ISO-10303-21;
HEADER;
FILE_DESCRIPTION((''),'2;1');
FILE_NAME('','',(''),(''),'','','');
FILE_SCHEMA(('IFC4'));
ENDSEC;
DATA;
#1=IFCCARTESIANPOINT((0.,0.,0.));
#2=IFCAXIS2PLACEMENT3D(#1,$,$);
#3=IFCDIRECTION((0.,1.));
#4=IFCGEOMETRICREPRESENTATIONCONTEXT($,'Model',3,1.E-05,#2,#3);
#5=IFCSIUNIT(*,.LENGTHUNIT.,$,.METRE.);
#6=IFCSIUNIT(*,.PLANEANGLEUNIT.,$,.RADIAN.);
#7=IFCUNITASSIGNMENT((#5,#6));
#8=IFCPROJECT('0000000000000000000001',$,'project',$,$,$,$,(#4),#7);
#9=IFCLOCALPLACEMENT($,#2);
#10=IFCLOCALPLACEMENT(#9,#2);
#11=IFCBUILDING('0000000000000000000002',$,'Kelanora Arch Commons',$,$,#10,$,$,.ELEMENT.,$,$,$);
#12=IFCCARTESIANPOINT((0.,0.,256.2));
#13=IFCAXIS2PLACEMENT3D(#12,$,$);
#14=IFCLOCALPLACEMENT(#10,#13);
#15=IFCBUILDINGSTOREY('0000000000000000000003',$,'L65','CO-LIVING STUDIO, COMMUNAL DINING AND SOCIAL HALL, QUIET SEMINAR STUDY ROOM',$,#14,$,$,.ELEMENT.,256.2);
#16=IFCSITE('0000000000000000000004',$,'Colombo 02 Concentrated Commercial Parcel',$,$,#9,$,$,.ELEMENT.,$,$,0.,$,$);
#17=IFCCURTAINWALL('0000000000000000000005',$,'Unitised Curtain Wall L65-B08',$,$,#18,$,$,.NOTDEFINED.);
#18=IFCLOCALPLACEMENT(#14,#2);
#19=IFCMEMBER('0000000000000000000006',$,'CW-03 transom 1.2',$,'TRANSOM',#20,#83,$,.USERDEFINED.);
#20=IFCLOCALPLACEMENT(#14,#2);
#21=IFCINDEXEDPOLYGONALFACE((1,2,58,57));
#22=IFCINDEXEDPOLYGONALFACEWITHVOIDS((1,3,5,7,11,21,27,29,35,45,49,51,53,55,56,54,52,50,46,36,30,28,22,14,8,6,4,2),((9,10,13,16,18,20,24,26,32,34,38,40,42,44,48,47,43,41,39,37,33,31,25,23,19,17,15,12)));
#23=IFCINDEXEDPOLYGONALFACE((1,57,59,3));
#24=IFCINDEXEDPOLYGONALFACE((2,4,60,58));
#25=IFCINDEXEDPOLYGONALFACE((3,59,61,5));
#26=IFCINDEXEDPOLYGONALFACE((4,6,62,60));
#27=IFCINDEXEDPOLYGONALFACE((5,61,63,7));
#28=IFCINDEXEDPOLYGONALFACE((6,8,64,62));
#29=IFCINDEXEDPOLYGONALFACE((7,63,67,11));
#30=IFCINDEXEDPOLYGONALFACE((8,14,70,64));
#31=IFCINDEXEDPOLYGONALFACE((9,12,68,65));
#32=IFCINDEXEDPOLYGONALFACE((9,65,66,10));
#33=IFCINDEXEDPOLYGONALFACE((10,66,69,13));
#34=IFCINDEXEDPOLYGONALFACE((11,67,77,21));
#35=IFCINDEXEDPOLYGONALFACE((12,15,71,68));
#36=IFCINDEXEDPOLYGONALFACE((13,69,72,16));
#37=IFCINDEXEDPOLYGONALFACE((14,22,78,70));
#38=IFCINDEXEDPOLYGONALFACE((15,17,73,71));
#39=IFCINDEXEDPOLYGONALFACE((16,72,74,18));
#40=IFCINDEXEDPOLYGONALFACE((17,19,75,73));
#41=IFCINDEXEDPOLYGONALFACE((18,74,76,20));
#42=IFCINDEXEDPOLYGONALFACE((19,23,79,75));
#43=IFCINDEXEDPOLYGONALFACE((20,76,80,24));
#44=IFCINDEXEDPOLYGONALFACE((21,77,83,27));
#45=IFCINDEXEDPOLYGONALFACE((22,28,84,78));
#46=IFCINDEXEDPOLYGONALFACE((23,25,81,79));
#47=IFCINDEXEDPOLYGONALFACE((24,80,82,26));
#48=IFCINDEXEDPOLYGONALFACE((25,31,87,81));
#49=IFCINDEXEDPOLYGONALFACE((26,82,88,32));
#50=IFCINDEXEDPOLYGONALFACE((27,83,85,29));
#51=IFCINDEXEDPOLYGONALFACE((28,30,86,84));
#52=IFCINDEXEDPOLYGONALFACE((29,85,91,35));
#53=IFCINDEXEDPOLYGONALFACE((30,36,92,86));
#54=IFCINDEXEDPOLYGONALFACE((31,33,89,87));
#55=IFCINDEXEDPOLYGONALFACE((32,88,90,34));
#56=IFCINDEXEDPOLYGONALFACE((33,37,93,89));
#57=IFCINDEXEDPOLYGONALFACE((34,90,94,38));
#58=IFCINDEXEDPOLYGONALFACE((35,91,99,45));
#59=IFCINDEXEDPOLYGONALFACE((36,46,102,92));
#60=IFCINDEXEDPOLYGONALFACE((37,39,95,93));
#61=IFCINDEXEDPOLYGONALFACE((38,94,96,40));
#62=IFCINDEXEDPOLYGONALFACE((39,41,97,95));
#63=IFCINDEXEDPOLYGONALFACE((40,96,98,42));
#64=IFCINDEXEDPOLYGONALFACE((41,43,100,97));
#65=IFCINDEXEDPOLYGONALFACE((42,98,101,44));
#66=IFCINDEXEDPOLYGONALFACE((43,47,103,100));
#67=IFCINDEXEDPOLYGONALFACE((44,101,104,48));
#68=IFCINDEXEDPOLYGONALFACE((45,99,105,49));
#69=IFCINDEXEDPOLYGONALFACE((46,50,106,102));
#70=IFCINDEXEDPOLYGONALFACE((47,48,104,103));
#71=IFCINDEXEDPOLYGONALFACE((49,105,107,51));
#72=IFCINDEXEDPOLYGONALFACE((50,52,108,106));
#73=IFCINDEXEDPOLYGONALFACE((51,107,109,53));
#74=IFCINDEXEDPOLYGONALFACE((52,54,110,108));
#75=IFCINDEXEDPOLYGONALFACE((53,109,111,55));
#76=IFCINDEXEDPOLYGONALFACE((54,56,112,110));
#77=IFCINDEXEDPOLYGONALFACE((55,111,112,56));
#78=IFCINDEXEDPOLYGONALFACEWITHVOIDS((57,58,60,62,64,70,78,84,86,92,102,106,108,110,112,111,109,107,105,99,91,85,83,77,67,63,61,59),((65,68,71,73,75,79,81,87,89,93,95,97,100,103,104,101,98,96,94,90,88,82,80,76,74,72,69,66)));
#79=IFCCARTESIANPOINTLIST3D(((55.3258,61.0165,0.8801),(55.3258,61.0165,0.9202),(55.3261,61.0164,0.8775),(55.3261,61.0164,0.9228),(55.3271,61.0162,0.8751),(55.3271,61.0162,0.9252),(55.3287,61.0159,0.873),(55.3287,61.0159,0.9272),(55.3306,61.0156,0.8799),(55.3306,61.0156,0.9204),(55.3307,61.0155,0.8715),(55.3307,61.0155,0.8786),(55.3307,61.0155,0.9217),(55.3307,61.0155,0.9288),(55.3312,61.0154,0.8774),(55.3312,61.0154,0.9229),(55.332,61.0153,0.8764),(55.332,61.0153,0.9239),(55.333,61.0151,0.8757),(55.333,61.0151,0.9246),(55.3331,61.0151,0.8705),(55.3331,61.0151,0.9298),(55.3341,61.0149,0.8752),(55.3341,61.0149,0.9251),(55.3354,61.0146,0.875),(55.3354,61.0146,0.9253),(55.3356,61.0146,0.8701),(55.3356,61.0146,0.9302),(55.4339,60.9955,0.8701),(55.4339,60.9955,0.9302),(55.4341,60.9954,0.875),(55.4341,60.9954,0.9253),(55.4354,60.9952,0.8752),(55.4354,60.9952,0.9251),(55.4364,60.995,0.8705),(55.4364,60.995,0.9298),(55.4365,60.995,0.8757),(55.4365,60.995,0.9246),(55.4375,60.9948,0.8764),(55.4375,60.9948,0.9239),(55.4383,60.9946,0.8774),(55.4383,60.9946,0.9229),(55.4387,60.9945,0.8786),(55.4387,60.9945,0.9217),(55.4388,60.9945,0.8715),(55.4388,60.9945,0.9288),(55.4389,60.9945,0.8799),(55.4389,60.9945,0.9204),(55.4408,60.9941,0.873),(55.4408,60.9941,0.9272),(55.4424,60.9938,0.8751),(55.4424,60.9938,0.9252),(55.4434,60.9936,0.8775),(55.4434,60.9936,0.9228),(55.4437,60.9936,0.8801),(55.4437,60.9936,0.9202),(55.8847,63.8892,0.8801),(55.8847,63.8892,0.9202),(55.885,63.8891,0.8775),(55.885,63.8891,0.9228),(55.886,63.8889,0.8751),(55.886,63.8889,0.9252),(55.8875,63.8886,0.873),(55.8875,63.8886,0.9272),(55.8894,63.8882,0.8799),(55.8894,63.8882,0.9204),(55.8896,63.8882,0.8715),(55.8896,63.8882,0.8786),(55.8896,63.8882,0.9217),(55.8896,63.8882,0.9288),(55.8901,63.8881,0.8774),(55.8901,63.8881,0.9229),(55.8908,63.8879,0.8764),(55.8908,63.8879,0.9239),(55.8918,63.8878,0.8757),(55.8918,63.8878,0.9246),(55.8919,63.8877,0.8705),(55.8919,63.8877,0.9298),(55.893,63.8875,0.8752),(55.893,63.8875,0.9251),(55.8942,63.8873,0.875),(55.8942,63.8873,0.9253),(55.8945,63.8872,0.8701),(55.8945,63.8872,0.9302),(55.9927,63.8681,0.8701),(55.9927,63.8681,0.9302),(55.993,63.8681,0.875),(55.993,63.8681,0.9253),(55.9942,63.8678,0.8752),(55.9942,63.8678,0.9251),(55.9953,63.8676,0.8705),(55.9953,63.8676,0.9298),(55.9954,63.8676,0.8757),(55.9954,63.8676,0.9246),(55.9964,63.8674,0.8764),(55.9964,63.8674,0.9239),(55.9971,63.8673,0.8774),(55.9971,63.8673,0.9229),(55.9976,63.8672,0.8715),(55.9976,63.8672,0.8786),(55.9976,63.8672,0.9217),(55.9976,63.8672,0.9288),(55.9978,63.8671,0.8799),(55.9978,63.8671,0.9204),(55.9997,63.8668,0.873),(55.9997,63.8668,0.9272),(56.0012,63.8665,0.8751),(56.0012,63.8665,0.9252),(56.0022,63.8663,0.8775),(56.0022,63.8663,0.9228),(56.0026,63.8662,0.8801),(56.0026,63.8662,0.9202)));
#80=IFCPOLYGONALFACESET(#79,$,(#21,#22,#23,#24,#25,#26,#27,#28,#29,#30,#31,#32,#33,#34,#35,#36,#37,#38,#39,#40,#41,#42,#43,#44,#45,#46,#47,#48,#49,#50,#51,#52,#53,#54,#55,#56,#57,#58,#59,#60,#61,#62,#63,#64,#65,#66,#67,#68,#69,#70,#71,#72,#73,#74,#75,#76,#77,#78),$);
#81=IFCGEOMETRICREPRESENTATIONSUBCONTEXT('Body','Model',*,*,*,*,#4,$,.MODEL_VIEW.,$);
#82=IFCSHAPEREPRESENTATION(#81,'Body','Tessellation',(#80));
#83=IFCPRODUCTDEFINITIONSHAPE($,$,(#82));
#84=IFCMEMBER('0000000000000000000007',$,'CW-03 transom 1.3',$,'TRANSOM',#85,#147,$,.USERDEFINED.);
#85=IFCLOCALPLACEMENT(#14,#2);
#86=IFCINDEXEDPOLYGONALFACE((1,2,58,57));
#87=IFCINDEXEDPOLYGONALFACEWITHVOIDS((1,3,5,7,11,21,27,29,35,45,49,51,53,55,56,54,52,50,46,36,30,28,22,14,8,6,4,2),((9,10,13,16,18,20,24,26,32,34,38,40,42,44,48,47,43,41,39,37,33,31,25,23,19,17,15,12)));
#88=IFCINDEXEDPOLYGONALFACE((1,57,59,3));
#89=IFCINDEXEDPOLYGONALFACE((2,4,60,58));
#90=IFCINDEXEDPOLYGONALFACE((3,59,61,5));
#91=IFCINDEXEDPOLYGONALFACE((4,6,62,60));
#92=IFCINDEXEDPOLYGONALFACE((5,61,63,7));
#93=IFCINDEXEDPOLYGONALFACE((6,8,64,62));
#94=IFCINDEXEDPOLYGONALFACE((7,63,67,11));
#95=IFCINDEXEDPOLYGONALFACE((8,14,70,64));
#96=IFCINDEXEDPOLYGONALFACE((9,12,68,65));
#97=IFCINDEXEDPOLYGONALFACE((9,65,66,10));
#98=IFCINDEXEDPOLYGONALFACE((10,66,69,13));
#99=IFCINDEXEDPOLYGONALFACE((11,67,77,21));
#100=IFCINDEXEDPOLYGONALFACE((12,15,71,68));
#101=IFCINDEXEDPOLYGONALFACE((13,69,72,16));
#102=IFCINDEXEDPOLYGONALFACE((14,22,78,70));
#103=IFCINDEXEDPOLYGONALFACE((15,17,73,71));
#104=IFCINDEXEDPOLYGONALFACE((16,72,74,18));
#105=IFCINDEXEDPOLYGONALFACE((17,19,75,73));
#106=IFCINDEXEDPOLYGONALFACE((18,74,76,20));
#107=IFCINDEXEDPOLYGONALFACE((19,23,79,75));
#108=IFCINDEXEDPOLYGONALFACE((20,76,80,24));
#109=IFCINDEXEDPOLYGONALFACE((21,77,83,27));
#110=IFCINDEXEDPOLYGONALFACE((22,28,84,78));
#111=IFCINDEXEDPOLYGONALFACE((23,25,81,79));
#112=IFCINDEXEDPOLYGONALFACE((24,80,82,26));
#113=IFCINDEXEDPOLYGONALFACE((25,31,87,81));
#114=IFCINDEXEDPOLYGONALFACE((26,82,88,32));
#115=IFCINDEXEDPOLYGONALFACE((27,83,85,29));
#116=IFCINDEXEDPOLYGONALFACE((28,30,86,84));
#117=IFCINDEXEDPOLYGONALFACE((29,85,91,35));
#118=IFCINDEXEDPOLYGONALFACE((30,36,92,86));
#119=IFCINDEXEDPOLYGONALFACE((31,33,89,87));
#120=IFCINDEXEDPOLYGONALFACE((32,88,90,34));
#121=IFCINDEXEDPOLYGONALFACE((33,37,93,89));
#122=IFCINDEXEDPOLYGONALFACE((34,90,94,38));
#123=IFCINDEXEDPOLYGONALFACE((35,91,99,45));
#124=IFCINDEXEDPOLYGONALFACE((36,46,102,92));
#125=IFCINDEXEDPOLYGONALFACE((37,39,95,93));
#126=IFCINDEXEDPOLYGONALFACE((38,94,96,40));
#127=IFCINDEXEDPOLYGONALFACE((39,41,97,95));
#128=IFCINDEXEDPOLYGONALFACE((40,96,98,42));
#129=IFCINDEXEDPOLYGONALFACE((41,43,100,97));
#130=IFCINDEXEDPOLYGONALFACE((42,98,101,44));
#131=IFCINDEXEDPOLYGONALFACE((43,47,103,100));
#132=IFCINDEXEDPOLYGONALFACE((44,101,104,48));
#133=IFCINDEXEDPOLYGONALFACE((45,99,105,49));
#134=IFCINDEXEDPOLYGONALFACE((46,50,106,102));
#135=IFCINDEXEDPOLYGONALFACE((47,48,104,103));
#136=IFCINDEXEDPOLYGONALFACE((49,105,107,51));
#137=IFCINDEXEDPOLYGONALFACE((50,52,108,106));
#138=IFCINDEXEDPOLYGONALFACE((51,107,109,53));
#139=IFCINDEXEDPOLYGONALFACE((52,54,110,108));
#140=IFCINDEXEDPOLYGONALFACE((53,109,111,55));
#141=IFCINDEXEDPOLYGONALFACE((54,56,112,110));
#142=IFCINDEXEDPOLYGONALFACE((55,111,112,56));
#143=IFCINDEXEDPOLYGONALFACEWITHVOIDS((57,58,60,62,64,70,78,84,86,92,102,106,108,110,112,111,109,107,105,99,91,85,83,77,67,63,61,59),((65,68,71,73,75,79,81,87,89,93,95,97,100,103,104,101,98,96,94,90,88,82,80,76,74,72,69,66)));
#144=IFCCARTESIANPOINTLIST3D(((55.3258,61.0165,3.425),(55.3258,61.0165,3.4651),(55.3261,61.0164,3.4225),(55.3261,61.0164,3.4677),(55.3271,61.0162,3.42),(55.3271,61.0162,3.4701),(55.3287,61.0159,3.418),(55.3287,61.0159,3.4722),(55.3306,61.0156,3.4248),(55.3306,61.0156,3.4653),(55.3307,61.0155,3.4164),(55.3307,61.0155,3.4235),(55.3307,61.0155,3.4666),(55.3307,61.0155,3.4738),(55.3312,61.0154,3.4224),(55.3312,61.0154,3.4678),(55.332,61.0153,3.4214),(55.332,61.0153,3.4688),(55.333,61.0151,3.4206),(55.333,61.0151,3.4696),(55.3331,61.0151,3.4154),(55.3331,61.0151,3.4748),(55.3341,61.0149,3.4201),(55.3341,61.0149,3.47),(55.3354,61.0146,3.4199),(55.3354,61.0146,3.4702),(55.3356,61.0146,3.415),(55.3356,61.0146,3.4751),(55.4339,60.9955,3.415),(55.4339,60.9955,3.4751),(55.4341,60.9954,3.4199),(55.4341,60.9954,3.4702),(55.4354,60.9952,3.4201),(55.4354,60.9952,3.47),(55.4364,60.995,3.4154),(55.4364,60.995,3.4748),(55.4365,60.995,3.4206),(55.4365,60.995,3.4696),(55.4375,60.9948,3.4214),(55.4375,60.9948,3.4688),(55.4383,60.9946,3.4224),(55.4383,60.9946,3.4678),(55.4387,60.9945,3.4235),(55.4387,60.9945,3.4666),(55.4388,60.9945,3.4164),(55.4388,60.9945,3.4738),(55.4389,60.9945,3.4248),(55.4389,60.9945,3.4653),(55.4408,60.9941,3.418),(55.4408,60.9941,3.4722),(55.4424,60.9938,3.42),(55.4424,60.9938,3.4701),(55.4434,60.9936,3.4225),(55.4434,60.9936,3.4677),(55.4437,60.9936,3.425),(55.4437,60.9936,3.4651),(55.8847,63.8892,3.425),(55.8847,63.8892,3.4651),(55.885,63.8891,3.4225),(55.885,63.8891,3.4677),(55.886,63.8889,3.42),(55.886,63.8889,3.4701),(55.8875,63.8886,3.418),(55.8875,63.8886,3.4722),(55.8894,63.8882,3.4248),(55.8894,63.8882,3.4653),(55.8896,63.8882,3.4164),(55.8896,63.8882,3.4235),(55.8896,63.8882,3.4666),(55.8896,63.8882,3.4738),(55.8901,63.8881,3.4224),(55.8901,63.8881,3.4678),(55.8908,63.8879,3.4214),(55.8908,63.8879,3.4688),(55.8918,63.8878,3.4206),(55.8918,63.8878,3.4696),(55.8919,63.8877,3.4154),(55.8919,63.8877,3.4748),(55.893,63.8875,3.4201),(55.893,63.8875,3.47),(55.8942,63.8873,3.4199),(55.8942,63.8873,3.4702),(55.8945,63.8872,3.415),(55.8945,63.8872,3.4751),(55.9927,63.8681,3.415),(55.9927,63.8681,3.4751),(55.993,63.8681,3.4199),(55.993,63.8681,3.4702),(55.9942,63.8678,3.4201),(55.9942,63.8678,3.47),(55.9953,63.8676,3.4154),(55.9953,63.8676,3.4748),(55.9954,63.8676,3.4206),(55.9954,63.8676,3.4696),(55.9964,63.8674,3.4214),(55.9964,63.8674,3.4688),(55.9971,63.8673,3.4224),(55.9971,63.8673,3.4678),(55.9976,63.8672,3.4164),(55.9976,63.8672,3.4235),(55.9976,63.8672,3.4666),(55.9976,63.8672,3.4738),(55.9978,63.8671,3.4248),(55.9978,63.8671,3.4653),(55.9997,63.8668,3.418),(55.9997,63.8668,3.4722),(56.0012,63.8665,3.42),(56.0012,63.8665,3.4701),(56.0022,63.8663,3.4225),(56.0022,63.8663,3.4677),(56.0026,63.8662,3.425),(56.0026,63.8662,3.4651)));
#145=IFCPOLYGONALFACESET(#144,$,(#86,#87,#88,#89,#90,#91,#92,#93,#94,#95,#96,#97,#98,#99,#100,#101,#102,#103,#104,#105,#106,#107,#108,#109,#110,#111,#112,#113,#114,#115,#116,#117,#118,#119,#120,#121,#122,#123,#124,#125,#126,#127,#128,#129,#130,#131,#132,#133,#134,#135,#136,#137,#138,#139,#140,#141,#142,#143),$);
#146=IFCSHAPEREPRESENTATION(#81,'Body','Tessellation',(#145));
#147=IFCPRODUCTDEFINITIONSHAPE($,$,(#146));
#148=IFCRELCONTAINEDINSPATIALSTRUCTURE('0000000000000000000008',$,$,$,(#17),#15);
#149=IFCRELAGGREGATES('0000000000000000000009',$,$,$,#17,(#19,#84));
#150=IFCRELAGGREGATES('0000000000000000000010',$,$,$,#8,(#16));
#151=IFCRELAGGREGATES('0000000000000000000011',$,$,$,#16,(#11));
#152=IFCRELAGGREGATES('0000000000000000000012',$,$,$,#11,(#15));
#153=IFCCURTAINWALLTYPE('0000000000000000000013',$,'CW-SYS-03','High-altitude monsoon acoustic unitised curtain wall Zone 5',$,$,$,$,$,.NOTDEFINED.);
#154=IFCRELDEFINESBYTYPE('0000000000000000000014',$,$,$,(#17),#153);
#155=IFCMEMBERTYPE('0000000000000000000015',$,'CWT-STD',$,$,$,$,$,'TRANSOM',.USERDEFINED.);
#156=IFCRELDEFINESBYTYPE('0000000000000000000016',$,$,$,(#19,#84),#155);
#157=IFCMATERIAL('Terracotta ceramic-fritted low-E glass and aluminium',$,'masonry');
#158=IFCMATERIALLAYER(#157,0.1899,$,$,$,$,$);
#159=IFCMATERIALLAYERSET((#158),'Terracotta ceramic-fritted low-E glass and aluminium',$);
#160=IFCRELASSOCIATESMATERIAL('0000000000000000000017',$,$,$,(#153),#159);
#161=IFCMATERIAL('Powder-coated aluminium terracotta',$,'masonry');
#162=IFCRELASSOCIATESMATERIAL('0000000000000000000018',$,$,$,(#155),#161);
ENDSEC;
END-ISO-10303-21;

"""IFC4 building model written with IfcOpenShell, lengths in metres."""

from ifc_helpers import new_model, si_unit, direction, frame, origin, origin_2d, place, context, subcontext, project, spatial, hollow_rectangle, extrude, material, layer, layer_set, material_profile, profile_set, type_object, element, aggregate, save


model = new_model("IFC4")

# Units and contexts
model_context = context("Model", 3, precision=1e-05, world=origin(), true_north=direction((0.0, 1.0)))
body_context = subcontext(model_context, "Body", "Model", "MODEL_VIEW")
ifc_project = project(units=[si_unit("LENGTHUNIT", "METRE"), si_unit("PLANEANGLEUNIT", "RADIAN")], contexts=[model_context])

# Site, building, storey
site_placement = place(None, origin())
site = spatial("IfcSite", under=ifc_project, at=site_placement, Name="Colombo 02 Concentrated Commercial Parcel", CompositionType="ELEMENT", RefElevation=0.0)
building_placement = place(site_placement, origin())
building = spatial("IfcBuilding", under=site, at=building_placement, Name="Kelanora Arch Commons", CompositionType="ELEMENT")
storey_placement = place(building_placement, frame((0.0, 0.0, 256.2)))
storey = spatial("IfcBuildingStorey", under=building, at=storey_placement, Name="L65", Description="CO-LIVING STUDIO, COMMUNAL DINING AND SOCIAL HALL, QUIET SEMINAR STUDY ROOM", CompositionType="ELEMENT", Elevation=256.2)

# Curtain wall, members
ifc_material_1 = material(Name="Terracotta ceramic-fritted low-E glass and aluminium", Category="masonry")
ifc_layer_1 = layer(ifc_material_1, 0.1899)
ifc_layer_set_1 = layer_set([ifc_layer_1], Name="Terracotta ceramic-fritted low-E glass and aluminium")
curtain_wall_type = type_object("IfcCurtainWallType", Name="CW-SYS-03", Description="High-altitude monsoon acoustic unitised curtain wall Zone 5", PredefinedType="NOTDEFINED", material=ifc_layer_set_1)
curtain_wall_placement = place(storey_placement, origin())
curtain_wall = element("IfcCurtainWall", 1, at=curtain_wall_placement, inside=storey, type_object=curtain_wall_type, Name="Unitised Curtain Wall L65-B08", PredefinedType="NOTDEFINED")
ifc_material_2 = material(Name="Powder-coated aluminium terracotta", Category="masonry")
ifc_material_profile_1 = material_profile(ifc_material_2, hollow_rectangle(XDim=0.1201, YDim=0.0601, WallThickness=0.0049, InnerFilletRadius=0.0049, OuterFilletRadius=0.01, at=origin_2d()), Name="CWT120x60")
ifc_profile_set_1 = profile_set([ifc_material_profile_1], Name="Powder-coated aluminium terracotta")
member_type_1 = type_object("IfcMemberType", Name="CWT-STD", ElementType="TRANSOM", PredefinedType="USERDEFINED", material=ifc_profile_set_1)
member_1_placement = place(storey_placement, frame((55.9436, 63.8777, 0.9001), z_axis=(-0.190963, -0.981597, 0.0), x_axis=(0.981597, -0.190963, 0.0)))
member_1 = element("IfcMember", 2, at=member_1_placement, type_object=member_type_1, Name="CW-03 transom 1.2", ObjectType="TRANSOM", PredefinedType="USERDEFINED", context=body_context, shape_type="SweptSolid", body=[
    extrude(hollow_rectangle(XDim=0.1201, YDim=0.0601, WallThickness=0.0049, InnerFilletRadius=0.0049, OuterFilletRadius=0.01, at=origin_2d()), origin(), (0.0, 0.0, 1.0), 2.9265),
])
member_2_placement = place(storey_placement, frame((55.9436, 63.8777, 3.4451), z_axis=(-0.190963, -0.981597, 0.0), x_axis=(0.981597, -0.190963, 0.0)))
member_2 = element("IfcMember", 3, at=member_2_placement, type_object=member_type_1, Name="CW-03 transom 1.3", ObjectType="TRANSOM", PredefinedType="USERDEFINED", context=body_context, shape_type="SweptSolid", body=[
    extrude(hollow_rectangle(XDim=0.1201, YDim=0.0601, WallThickness=0.0049, InnerFilletRadius=0.0049, OuterFilletRadius=0.01, at=origin_2d()), origin(), (0.0, 0.0, 1.0), 2.9265),
])
aggregate(curtain_wall, [member_1, member_2])

save(model, "model.ifc")
